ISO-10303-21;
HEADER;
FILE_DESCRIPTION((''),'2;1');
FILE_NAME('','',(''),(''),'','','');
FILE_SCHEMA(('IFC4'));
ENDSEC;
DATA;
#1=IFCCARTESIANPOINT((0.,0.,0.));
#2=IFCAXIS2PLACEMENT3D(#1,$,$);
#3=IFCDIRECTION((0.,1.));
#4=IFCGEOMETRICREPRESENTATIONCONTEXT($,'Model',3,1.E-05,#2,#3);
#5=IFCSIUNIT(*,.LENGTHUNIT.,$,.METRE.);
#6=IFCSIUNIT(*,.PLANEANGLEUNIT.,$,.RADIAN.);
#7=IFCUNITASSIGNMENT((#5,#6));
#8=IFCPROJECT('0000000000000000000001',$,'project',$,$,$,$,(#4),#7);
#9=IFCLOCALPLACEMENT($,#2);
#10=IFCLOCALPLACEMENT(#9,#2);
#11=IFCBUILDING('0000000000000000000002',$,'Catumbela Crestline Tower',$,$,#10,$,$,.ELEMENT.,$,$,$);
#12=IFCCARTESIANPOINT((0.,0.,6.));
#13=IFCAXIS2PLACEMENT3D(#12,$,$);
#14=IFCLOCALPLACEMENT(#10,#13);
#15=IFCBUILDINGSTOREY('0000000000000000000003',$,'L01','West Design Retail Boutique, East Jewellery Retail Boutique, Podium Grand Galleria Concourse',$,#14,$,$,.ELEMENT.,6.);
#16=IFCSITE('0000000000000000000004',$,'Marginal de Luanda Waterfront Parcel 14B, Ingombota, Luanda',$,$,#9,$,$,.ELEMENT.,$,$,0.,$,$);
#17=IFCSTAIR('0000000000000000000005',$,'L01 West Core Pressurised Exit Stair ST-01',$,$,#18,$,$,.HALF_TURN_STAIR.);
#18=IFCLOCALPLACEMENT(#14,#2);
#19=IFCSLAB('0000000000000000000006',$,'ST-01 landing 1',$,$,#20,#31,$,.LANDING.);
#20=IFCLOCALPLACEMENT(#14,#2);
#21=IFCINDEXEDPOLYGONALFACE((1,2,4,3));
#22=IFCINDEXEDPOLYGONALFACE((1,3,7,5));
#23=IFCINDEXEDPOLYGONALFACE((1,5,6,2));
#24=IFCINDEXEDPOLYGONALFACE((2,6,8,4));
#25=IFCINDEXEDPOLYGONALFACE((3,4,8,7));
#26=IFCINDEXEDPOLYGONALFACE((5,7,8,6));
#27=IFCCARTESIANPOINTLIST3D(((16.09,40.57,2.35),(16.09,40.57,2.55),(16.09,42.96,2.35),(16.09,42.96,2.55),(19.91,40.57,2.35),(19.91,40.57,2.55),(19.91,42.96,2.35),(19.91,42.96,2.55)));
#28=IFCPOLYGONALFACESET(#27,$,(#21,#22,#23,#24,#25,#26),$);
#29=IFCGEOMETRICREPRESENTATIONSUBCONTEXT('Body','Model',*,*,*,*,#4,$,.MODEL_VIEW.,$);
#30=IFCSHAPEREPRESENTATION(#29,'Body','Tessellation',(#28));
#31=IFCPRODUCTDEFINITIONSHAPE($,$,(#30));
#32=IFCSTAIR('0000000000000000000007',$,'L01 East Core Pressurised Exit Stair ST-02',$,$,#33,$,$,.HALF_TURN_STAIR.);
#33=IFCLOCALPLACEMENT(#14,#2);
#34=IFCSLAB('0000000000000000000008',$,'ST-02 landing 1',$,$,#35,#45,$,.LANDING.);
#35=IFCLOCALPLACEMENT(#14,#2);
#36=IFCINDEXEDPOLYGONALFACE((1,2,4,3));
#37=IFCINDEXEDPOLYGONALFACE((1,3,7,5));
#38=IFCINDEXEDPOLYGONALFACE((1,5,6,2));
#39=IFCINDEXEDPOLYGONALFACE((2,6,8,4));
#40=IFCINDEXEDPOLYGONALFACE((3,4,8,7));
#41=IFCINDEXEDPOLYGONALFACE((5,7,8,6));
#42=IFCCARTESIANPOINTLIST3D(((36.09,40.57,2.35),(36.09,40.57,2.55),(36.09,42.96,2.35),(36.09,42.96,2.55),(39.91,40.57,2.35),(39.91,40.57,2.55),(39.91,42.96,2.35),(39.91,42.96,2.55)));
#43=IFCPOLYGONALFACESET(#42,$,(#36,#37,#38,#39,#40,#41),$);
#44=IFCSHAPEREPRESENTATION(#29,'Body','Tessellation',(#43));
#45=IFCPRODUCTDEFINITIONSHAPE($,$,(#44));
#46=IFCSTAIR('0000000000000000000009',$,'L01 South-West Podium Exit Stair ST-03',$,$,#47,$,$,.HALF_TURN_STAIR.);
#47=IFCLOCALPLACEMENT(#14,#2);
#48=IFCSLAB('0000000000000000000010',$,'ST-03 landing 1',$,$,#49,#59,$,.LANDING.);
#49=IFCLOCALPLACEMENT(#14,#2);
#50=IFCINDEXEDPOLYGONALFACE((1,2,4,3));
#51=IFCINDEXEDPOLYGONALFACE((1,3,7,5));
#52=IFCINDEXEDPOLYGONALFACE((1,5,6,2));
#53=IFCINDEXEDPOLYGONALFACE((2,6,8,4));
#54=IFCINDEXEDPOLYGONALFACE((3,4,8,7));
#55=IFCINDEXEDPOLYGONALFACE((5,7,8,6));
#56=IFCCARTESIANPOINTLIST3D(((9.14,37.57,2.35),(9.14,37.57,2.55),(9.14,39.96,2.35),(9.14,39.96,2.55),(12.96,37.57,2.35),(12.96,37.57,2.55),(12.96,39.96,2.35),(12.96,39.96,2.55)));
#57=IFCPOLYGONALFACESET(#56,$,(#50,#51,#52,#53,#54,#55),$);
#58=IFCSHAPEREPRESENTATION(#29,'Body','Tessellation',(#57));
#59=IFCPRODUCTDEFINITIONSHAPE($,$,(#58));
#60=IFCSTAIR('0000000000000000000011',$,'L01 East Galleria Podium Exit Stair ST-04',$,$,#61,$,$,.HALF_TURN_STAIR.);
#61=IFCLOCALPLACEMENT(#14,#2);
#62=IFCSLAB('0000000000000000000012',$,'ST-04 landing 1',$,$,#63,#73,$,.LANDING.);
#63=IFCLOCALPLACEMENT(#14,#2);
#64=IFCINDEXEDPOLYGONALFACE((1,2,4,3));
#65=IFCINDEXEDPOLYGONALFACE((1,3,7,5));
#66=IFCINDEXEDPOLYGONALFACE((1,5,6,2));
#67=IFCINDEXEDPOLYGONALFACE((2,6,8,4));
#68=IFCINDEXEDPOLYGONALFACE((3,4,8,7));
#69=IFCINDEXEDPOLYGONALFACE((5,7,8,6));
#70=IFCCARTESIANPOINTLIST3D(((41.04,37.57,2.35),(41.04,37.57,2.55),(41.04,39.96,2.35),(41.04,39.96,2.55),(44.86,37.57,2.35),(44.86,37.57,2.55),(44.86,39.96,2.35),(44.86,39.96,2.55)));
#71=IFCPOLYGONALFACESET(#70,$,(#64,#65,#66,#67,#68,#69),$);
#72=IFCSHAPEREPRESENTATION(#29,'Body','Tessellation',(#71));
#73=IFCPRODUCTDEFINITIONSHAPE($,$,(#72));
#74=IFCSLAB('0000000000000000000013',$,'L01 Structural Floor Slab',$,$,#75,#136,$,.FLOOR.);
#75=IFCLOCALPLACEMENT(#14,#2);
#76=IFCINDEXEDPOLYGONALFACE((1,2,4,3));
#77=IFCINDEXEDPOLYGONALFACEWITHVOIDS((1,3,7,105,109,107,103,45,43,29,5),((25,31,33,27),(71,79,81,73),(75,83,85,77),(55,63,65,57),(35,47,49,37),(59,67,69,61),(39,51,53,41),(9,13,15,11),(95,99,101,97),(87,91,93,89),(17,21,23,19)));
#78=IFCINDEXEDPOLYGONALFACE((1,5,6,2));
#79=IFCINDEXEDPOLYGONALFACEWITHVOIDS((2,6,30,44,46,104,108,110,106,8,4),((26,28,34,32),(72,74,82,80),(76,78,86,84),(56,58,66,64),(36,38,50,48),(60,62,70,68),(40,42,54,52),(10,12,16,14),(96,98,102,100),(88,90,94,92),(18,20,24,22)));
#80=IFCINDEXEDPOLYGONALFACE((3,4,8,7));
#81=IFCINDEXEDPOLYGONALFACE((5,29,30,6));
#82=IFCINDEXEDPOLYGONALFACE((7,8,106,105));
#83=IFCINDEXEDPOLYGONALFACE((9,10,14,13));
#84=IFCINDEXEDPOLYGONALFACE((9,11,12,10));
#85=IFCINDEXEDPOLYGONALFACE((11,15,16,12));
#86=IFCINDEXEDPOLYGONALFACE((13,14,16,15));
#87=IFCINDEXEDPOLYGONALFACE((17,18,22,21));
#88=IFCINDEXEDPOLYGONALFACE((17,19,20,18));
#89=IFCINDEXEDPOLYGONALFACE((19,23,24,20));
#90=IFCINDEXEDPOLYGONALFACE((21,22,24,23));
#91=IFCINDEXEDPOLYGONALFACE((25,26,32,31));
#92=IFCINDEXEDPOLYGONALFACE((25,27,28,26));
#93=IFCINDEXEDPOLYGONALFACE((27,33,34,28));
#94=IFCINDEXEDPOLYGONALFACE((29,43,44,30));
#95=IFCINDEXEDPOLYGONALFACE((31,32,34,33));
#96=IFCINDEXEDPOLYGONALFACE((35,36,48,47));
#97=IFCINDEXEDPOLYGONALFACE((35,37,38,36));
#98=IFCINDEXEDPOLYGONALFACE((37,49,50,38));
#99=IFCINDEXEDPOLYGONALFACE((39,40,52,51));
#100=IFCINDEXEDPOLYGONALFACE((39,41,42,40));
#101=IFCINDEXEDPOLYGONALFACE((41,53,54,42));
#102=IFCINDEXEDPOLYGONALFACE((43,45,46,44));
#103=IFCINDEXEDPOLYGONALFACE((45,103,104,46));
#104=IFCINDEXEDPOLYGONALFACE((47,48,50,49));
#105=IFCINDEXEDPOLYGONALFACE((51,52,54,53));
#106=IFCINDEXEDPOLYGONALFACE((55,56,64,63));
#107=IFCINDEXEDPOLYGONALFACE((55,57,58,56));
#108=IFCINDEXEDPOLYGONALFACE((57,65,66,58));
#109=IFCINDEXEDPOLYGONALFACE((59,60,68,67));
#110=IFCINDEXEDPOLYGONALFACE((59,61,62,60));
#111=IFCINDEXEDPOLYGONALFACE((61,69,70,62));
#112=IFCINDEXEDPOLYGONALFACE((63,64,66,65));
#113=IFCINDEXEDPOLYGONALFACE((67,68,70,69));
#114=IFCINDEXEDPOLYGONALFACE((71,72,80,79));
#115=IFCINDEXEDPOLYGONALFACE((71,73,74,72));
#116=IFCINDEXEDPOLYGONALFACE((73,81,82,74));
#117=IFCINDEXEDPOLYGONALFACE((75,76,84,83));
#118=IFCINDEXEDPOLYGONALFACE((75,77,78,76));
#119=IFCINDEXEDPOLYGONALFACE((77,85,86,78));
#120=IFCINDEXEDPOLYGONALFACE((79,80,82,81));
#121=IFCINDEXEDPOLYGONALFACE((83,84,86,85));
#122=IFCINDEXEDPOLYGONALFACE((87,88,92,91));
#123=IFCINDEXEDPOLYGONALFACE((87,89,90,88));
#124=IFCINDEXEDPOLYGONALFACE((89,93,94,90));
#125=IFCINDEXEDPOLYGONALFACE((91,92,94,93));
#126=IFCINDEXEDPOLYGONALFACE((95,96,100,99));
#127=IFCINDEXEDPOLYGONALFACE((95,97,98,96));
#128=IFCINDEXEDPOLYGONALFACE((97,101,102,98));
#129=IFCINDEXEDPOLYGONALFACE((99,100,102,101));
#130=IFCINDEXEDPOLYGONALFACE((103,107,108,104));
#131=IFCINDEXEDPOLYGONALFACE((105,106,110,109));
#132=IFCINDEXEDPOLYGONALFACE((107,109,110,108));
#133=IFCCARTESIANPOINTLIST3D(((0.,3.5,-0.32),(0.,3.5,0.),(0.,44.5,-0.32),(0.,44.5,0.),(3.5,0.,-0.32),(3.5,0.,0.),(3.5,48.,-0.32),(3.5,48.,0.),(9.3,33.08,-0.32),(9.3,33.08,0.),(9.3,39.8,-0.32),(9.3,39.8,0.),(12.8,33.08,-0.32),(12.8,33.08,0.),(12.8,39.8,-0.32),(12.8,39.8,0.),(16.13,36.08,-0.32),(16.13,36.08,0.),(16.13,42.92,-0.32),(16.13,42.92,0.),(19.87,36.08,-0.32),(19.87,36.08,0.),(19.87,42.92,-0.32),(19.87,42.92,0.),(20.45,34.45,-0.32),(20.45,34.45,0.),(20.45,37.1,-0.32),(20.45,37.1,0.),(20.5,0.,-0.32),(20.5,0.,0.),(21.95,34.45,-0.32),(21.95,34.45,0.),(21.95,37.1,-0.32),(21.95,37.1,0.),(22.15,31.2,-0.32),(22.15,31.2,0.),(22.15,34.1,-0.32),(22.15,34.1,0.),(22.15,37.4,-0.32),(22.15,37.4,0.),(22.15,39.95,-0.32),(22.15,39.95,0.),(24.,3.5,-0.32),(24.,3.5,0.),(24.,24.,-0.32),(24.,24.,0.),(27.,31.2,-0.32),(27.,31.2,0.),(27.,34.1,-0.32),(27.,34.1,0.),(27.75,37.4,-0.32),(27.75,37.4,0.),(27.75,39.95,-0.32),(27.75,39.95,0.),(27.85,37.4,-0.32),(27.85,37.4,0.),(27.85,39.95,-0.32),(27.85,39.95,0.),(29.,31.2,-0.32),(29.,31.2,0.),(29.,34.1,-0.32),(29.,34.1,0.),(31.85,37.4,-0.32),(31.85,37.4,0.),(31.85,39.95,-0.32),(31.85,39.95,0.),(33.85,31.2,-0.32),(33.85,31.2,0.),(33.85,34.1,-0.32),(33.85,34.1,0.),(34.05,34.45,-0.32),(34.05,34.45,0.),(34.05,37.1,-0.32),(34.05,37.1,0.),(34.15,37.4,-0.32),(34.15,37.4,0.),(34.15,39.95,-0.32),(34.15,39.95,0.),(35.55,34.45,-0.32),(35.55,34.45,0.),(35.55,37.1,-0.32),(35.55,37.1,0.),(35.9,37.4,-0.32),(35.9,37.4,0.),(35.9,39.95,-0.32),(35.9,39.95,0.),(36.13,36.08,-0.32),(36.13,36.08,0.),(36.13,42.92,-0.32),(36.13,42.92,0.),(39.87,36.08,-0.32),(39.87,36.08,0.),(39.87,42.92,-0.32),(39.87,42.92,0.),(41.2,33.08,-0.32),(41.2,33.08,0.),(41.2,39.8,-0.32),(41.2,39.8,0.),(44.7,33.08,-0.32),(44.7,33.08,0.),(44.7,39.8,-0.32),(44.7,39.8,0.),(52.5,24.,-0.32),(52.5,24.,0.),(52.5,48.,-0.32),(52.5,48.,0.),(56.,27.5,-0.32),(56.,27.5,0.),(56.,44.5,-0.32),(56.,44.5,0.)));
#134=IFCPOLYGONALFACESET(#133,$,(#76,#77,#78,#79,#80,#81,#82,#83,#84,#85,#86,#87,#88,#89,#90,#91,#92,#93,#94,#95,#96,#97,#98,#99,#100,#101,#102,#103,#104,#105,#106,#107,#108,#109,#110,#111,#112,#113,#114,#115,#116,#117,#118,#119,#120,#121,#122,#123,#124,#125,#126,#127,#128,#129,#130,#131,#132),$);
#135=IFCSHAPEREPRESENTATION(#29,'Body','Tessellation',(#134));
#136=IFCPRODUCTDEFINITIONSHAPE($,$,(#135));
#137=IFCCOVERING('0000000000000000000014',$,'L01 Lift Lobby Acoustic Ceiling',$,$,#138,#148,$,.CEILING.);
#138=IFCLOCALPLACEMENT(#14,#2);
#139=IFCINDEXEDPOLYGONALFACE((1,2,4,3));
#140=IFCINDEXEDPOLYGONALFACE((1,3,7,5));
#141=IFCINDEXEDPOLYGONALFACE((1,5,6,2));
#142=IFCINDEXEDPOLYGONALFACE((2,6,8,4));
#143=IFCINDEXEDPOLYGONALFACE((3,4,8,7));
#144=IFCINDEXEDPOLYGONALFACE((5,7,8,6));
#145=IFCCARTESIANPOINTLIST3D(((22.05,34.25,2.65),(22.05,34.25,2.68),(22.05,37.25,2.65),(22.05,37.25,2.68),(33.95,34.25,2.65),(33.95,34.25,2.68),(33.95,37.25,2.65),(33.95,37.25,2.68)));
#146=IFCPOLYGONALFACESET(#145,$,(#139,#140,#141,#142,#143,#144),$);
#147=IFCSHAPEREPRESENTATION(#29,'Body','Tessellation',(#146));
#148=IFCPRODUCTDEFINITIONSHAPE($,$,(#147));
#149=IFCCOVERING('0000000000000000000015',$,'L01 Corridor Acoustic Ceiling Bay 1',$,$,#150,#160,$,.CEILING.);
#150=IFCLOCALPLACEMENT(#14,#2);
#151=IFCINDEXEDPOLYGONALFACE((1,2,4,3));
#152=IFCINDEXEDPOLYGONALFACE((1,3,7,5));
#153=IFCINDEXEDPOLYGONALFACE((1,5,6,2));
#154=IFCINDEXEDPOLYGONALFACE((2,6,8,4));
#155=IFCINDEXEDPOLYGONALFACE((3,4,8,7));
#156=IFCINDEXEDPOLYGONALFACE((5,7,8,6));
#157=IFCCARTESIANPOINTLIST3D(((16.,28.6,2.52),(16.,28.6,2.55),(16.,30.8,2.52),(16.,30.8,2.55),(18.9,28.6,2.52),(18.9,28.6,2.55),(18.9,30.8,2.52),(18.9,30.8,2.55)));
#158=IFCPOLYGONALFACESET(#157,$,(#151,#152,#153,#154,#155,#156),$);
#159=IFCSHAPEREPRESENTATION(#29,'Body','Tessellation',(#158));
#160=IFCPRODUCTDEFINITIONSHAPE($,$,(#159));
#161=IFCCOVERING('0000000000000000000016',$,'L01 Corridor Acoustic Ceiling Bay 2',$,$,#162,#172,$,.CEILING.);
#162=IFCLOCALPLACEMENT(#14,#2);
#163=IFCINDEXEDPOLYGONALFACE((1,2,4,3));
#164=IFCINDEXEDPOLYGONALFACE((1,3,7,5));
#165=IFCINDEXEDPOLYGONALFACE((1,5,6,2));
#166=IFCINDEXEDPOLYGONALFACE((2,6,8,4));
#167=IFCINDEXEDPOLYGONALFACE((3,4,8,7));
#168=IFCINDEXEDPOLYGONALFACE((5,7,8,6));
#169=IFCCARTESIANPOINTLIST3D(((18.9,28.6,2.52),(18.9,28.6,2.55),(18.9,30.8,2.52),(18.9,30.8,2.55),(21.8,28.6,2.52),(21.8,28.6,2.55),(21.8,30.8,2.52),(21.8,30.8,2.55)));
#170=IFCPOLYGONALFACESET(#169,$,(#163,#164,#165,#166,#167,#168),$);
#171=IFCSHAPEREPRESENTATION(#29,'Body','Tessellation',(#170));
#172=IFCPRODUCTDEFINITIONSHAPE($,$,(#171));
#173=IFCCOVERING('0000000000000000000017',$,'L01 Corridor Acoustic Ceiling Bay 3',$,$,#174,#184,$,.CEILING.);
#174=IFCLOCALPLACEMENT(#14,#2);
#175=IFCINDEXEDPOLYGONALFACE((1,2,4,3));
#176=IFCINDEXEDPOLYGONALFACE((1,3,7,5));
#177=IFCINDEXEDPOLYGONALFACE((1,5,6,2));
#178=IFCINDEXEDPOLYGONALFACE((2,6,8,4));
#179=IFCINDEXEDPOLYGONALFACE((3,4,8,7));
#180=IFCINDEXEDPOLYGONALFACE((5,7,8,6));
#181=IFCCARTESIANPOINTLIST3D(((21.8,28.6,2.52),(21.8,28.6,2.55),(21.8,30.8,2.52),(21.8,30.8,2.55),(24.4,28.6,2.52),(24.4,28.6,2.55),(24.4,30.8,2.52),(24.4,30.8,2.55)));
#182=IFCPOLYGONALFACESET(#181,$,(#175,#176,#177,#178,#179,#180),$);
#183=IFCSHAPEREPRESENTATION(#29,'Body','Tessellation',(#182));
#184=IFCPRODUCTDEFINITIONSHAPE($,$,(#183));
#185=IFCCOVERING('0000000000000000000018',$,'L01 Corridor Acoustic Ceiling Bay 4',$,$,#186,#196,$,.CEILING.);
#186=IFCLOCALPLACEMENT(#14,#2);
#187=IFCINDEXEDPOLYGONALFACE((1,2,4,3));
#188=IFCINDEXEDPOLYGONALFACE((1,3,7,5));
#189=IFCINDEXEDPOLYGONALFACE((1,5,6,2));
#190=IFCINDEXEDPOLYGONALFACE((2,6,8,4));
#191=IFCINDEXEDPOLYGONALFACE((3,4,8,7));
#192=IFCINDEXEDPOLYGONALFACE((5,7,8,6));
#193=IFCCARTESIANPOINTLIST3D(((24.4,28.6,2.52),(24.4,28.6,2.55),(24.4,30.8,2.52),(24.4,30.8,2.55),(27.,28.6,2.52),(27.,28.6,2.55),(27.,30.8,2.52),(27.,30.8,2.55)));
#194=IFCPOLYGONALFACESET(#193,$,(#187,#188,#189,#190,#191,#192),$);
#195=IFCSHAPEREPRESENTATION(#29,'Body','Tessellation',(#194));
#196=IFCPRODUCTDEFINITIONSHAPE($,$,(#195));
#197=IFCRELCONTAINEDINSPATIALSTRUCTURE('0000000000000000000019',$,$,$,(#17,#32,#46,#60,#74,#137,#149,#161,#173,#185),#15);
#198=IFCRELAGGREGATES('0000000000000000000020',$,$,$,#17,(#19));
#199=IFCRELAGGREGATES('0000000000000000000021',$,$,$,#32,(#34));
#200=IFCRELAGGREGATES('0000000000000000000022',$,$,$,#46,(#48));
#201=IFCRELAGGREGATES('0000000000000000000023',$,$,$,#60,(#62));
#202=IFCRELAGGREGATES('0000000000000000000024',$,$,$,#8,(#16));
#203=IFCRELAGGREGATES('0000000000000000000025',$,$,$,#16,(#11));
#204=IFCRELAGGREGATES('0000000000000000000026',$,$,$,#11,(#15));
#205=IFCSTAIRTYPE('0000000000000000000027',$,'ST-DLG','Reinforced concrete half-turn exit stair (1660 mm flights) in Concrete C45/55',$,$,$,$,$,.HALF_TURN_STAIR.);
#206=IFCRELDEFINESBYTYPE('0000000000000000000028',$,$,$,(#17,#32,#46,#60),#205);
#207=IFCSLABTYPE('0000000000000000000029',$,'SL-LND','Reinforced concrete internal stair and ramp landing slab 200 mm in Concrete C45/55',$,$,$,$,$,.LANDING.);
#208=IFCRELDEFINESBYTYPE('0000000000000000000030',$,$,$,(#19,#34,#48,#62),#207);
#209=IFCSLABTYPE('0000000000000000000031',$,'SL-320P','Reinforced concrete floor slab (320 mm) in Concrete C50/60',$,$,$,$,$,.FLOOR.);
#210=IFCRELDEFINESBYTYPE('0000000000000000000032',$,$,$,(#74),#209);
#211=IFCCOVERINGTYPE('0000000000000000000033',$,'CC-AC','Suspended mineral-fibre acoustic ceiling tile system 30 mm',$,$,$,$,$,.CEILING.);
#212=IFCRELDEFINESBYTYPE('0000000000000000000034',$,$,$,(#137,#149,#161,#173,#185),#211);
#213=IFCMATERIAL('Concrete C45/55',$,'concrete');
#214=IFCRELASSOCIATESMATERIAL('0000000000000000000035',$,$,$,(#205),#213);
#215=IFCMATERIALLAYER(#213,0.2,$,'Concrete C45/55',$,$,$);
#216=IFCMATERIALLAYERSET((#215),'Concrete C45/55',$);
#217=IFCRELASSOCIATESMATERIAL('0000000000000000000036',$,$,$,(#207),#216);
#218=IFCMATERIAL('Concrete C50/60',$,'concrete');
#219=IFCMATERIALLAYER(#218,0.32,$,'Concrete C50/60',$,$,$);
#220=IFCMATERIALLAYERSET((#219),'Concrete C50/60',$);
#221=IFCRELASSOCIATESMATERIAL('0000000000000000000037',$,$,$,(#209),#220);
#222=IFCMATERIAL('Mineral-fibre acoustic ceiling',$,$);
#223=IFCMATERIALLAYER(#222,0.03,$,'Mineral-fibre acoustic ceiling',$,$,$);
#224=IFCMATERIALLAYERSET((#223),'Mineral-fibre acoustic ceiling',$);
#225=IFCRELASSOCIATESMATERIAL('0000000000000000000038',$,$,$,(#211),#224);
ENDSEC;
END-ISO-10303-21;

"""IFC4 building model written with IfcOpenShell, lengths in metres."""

from ifc_helpers import new_model, si_unit, direction, frame, origin, place, context, subcontext, project, spatial, polyline, outline, extrude, material, layer, layer_set, type_object, element, aggregate, save


model = new_model("IFC4")

# Units and contexts
model_context = context("Model", 3, precision=1e-05, world=origin(), true_north=direction((0.0, 1.0)))
body_context = subcontext(model_context, "Body", "Model", "MODEL_VIEW")
ifc_project = project(units=[si_unit("LENGTHUNIT", "METRE"), si_unit("PLANEANGLEUNIT", "RADIAN")], contexts=[model_context])

# Site, building, storey
site_placement = place(None, origin())
site = spatial("IfcSite", under=ifc_project, at=site_placement, Name="Marginal de Luanda Waterfront Parcel 14B, Ingombota, Luanda", CompositionType="ELEMENT", RefElevation=0.0)
building_placement = place(site_placement, origin())
building = spatial("IfcBuilding", under=site, at=building_placement, Name="Catumbela Crestline Tower", CompositionType="ELEMENT")
storey_placement = place(building_placement, frame((0.0, 0.0, 6.0)))
storey = spatial("IfcBuildingStorey", under=building, at=storey_placement, Name="L01", Description="West Design Retail Boutique, East Jewellery Retail Boutique, Podium Grand Galleria Concourse", CompositionType="ELEMENT", Elevation=6.0)

# Stairs, slabs
ifc_material_1 = material(Name="Concrete C45/55", Category="concrete")
stair_type = type_object("IfcStairType", Name="ST-DLG", Description="Reinforced concrete half-turn exit stair (1660 mm flights) in Concrete C45/55", PredefinedType="HALF_TURN_STAIR", material=ifc_material_1)
stair_1_placement = place(storey_placement, origin())
stair_1 = element("IfcStair", 1, at=stair_1_placement, inside=storey, type_object=stair_type, Name="L01 West Core Pressurised Exit Stair ST-01", PredefinedType="HALF_TURN_STAIR")
ifc_layer_1 = layer(ifc_material_1, 0.2, Name="Concrete C45/55")
ifc_layer_set_1 = layer_set([ifc_layer_1], Name="Concrete C45/55")
slab_type_1 = type_object("IfcSlabType", Name="SL-LND", Description="Reinforced concrete internal stair and ramp landing slab 200 mm in Concrete C45/55", PredefinedType="LANDING", material=ifc_layer_set_1)
slab_1_placement = place(storey_placement, frame((0.0, 0.0, 2.35)))
slab_1 = element("IfcSlab", 2, at=slab_1_placement, type_object=slab_type_1, Name="ST-01 landing 1", PredefinedType="LANDING", context=body_context, shape_type="SweptSolid", body=[
    extrude(outline(polyline([(19.91, 40.57), (19.91, 42.96), (16.09, 42.96), (16.09, 40.57), (19.91, 40.57)])), origin(), (0.0, 0.0, 1.0), 0.2),
])
aggregate(stair_1, [slab_1])
stair_2_placement = place(storey_placement, origin())
stair_2 = element("IfcStair", 3, at=stair_2_placement, inside=storey, type_object=stair_type, Name="L01 East Core Pressurised Exit Stair ST-02", PredefinedType="HALF_TURN_STAIR")
slab_2_placement = place(storey_placement, frame((0.0, 0.0, 2.35)))
slab_2 = element("IfcSlab", 4, at=slab_2_placement, type_object=slab_type_1, Name="ST-02 landing 1", PredefinedType="LANDING", context=body_context, shape_type="SweptSolid", body=[
    extrude(outline(polyline([(39.91, 40.57), (39.91, 42.96), (36.09, 42.96), (36.09, 40.57), (39.91, 40.57)])), origin(), (0.0, 0.0, 1.0), 0.2),
])
aggregate(stair_2, [slab_2])
stair_3_placement = place(storey_placement, origin())
stair_3 = element("IfcStair", 5, at=stair_3_placement, inside=storey, type_object=stair_type, Name="L01 South-West Podium Exit Stair ST-03", PredefinedType="HALF_TURN_STAIR")
slab_3_placement = place(storey_placement, frame((0.0, 0.0, 2.35)))
slab_3 = element("IfcSlab", 6, at=slab_3_placement, type_object=slab_type_1, Name="ST-03 landing 1", PredefinedType="LANDING", context=body_context, shape_type="SweptSolid", body=[
    extrude(outline(polyline([(12.96, 37.57), (12.96, 39.96), (9.14, 39.96), (9.14, 37.57), (12.96, 37.57)])), origin(), (0.0, 0.0, 1.0), 0.2),
])
aggregate(stair_3, [slab_3])
stair_4_placement = place(storey_placement, origin())
stair_4 = element("IfcStair", 7, at=stair_4_placement, inside=storey, type_object=stair_type, Name="L01 East Galleria Podium Exit Stair ST-04", PredefinedType="HALF_TURN_STAIR")
slab_4_placement = place(storey_placement, frame((0.0, 0.0, 2.35)))
slab_4 = element("IfcSlab", 8, at=slab_4_placement, type_object=slab_type_1, Name="ST-04 landing 1", PredefinedType="LANDING", context=body_context, shape_type="SweptSolid", body=[
    extrude(outline(polyline([(44.86, 37.57), (44.86, 39.96), (41.04, 39.96), (41.04, 37.57), (44.86, 37.57)])), origin(), (0.0, 0.0, 1.0), 0.2),
])
aggregate(stair_4, [slab_4])

# Slab
ifc_material_2 = material(Name="Concrete C50/60", Category="concrete")
ifc_layer_2 = layer(ifc_material_2, 0.32, Name="Concrete C50/60")
ifc_layer_set_2 = layer_set([ifc_layer_2], Name="Concrete C50/60")
slab_type_2 = type_object("IfcSlabType", Name="SL-320P", Description="Reinforced concrete floor slab (320 mm) in Concrete C50/60", PredefinedType="FLOOR", material=ifc_layer_set_2)
slab_5_placement = place(storey_placement, frame((0.0, 0.0, -0.32)))
element("IfcSlab", 9, at=slab_5_placement, inside=storey, type_object=slab_type_2, Name="L01 Structural Floor Slab", PredefinedType="FLOOR", context=body_context, shape_type="SweptSolid", body=[
    extrude(outline(polyline([(3.5, 0.0), (20.5, 0.0), (24.0, 3.5), (24.0, 24.0), (52.5, 24.0), (56.0, 27.5), (56.0, 44.5), (52.5, 48.0), (3.5, 48.0), (0.0, 44.5), (0.0, 3.5), (3.5, 0.0)]), holes=[polyline([(16.13, 36.08), (19.87, 36.08), (19.87, 42.92), (16.13, 42.92), (16.13, 36.08)]), polyline([(36.13, 36.08), (39.87, 36.08), (39.87, 42.92), (36.13, 42.92), (36.13, 36.08)]), polyline([(12.8, 33.08), (12.8, 39.8), (9.3, 39.8), (9.3, 33.08), (12.8, 33.08)]), polyline([(44.7, 33.08), (44.7, 39.8), (41.2, 39.8), (41.2, 33.08), (44.7, 33.08)]), polyline([(22.15, 31.2), (27.0, 31.2), (27.0, 34.1), (22.15, 34.1), (22.15, 31.2)]), polyline([(29.0, 31.2), (33.85, 31.2), (33.85, 34.1), (29.0, 34.1), (29.0, 31.2)]), polyline([(22.15, 37.4), (27.75, 37.4), (27.75, 39.95), (22.15, 39.95), (22.15, 37.4)]), polyline([(27.85, 37.4), (31.85, 37.4), (31.85, 39.95), (27.85, 39.95), (27.85, 37.4)]), polyline([(20.45, 34.45), (21.95, 34.45), (21.95, 37.1), (20.45, 37.1), (20.45, 34.45)]), polyline([(34.05, 34.45), (35.55, 34.45), (35.55, 37.1), (34.05, 37.1), (34.05, 34.45)]), polyline([(34.15, 37.4), (35.9, 37.4), (35.9, 39.95), (34.15, 39.95), (34.15, 37.4)])]), origin(), (0.0, 0.0, 1.0), 0.32),
])

# Coverings
ifc_material_3 = material(Name="Mineral-fibre acoustic ceiling")
ifc_layer_3 = layer(ifc_material_3, 0.03, Name="Mineral-fibre acoustic ceiling")
ifc_layer_set_3 = layer_set([ifc_layer_3], Name="Mineral-fibre acoustic ceiling")
covering_type_1 = type_object("IfcCoveringType", Name="CC-AC", Description="Suspended mineral-fibre acoustic ceiling tile system 30 mm", PredefinedType="CEILING", material=ifc_layer_set_3)
covering_1_placement = place(storey_placement, frame((0.0, 0.0, 2.65)))
element("IfcCovering", 10, at=covering_1_placement, inside=storey, type_object=covering_type_1, Name="L01 Lift Lobby Acoustic Ceiling", PredefinedType="CEILING", context=body_context, shape_type="SweptSolid", body=[
    extrude(outline(polyline([(22.05, 34.25), (33.95, 34.25), (33.95, 37.25), (22.05, 37.25), (22.05, 34.25)])), origin(), (0.0, 0.0, 1.0), 0.03),
])
covering_2_placement = place(storey_placement, frame((0.0, 0.0, 2.52)))
element("IfcCovering", 11, at=covering_2_placement, inside=storey, type_object=covering_type_1, Name="L01 Corridor Acoustic Ceiling Bay 1", PredefinedType="CEILING", context=body_context, shape_type="SweptSolid", body=[
    extrude(outline(polyline([(16.0, 28.6), (18.9, 28.6), (18.9, 30.8), (16.0, 30.8), (16.0, 28.6)])), origin(), (0.0, 0.0, 1.0), 0.03),
])
covering_3_placement = place(storey_placement, frame((0.0, 0.0, 2.52)))
element("IfcCovering", 12, at=covering_3_placement, inside=storey, type_object=covering_type_1, Name="L01 Corridor Acoustic Ceiling Bay 2", PredefinedType="CEILING", context=body_context, shape_type="SweptSolid", body=[
    extrude(outline(polyline([(18.9, 28.6), (21.8, 28.6), (21.8, 30.8), (18.9, 30.8), (18.9, 28.6)])), origin(), (0.0, 0.0, 1.0), 0.03),
])
covering_4_placement = place(storey_placement, frame((0.0, 0.0, 2.52)))
element("IfcCovering", 13, at=covering_4_placement, inside=storey, type_object=covering_type_1, Name="L01 Corridor Acoustic Ceiling Bay 3", PredefinedType="CEILING", context=body_context, shape_type="SweptSolid", body=[
    extrude(outline(polyline([(21.8, 28.6), (24.4, 28.6), (24.4, 30.8), (21.8, 30.8), (21.8, 28.6)])), origin(), (0.0, 0.0, 1.0), 0.03),
])
covering_5_placement = place(storey_placement, frame((0.0, 0.0, 2.52)))
element("IfcCovering", 14, at=covering_5_placement, inside=storey, type_object=covering_type_1, Name="L01 Corridor Acoustic Ceiling Bay 4", PredefinedType="CEILING", context=body_context, shape_type="SweptSolid", body=[
    extrude(outline(polyline([(24.4, 28.6), (27.0, 28.6), (27.0, 30.8), (24.4, 30.8), (24.4, 28.6)])), origin(), (0.0, 0.0, 1.0), 0.03),
])

save(model, "model.ifc")
